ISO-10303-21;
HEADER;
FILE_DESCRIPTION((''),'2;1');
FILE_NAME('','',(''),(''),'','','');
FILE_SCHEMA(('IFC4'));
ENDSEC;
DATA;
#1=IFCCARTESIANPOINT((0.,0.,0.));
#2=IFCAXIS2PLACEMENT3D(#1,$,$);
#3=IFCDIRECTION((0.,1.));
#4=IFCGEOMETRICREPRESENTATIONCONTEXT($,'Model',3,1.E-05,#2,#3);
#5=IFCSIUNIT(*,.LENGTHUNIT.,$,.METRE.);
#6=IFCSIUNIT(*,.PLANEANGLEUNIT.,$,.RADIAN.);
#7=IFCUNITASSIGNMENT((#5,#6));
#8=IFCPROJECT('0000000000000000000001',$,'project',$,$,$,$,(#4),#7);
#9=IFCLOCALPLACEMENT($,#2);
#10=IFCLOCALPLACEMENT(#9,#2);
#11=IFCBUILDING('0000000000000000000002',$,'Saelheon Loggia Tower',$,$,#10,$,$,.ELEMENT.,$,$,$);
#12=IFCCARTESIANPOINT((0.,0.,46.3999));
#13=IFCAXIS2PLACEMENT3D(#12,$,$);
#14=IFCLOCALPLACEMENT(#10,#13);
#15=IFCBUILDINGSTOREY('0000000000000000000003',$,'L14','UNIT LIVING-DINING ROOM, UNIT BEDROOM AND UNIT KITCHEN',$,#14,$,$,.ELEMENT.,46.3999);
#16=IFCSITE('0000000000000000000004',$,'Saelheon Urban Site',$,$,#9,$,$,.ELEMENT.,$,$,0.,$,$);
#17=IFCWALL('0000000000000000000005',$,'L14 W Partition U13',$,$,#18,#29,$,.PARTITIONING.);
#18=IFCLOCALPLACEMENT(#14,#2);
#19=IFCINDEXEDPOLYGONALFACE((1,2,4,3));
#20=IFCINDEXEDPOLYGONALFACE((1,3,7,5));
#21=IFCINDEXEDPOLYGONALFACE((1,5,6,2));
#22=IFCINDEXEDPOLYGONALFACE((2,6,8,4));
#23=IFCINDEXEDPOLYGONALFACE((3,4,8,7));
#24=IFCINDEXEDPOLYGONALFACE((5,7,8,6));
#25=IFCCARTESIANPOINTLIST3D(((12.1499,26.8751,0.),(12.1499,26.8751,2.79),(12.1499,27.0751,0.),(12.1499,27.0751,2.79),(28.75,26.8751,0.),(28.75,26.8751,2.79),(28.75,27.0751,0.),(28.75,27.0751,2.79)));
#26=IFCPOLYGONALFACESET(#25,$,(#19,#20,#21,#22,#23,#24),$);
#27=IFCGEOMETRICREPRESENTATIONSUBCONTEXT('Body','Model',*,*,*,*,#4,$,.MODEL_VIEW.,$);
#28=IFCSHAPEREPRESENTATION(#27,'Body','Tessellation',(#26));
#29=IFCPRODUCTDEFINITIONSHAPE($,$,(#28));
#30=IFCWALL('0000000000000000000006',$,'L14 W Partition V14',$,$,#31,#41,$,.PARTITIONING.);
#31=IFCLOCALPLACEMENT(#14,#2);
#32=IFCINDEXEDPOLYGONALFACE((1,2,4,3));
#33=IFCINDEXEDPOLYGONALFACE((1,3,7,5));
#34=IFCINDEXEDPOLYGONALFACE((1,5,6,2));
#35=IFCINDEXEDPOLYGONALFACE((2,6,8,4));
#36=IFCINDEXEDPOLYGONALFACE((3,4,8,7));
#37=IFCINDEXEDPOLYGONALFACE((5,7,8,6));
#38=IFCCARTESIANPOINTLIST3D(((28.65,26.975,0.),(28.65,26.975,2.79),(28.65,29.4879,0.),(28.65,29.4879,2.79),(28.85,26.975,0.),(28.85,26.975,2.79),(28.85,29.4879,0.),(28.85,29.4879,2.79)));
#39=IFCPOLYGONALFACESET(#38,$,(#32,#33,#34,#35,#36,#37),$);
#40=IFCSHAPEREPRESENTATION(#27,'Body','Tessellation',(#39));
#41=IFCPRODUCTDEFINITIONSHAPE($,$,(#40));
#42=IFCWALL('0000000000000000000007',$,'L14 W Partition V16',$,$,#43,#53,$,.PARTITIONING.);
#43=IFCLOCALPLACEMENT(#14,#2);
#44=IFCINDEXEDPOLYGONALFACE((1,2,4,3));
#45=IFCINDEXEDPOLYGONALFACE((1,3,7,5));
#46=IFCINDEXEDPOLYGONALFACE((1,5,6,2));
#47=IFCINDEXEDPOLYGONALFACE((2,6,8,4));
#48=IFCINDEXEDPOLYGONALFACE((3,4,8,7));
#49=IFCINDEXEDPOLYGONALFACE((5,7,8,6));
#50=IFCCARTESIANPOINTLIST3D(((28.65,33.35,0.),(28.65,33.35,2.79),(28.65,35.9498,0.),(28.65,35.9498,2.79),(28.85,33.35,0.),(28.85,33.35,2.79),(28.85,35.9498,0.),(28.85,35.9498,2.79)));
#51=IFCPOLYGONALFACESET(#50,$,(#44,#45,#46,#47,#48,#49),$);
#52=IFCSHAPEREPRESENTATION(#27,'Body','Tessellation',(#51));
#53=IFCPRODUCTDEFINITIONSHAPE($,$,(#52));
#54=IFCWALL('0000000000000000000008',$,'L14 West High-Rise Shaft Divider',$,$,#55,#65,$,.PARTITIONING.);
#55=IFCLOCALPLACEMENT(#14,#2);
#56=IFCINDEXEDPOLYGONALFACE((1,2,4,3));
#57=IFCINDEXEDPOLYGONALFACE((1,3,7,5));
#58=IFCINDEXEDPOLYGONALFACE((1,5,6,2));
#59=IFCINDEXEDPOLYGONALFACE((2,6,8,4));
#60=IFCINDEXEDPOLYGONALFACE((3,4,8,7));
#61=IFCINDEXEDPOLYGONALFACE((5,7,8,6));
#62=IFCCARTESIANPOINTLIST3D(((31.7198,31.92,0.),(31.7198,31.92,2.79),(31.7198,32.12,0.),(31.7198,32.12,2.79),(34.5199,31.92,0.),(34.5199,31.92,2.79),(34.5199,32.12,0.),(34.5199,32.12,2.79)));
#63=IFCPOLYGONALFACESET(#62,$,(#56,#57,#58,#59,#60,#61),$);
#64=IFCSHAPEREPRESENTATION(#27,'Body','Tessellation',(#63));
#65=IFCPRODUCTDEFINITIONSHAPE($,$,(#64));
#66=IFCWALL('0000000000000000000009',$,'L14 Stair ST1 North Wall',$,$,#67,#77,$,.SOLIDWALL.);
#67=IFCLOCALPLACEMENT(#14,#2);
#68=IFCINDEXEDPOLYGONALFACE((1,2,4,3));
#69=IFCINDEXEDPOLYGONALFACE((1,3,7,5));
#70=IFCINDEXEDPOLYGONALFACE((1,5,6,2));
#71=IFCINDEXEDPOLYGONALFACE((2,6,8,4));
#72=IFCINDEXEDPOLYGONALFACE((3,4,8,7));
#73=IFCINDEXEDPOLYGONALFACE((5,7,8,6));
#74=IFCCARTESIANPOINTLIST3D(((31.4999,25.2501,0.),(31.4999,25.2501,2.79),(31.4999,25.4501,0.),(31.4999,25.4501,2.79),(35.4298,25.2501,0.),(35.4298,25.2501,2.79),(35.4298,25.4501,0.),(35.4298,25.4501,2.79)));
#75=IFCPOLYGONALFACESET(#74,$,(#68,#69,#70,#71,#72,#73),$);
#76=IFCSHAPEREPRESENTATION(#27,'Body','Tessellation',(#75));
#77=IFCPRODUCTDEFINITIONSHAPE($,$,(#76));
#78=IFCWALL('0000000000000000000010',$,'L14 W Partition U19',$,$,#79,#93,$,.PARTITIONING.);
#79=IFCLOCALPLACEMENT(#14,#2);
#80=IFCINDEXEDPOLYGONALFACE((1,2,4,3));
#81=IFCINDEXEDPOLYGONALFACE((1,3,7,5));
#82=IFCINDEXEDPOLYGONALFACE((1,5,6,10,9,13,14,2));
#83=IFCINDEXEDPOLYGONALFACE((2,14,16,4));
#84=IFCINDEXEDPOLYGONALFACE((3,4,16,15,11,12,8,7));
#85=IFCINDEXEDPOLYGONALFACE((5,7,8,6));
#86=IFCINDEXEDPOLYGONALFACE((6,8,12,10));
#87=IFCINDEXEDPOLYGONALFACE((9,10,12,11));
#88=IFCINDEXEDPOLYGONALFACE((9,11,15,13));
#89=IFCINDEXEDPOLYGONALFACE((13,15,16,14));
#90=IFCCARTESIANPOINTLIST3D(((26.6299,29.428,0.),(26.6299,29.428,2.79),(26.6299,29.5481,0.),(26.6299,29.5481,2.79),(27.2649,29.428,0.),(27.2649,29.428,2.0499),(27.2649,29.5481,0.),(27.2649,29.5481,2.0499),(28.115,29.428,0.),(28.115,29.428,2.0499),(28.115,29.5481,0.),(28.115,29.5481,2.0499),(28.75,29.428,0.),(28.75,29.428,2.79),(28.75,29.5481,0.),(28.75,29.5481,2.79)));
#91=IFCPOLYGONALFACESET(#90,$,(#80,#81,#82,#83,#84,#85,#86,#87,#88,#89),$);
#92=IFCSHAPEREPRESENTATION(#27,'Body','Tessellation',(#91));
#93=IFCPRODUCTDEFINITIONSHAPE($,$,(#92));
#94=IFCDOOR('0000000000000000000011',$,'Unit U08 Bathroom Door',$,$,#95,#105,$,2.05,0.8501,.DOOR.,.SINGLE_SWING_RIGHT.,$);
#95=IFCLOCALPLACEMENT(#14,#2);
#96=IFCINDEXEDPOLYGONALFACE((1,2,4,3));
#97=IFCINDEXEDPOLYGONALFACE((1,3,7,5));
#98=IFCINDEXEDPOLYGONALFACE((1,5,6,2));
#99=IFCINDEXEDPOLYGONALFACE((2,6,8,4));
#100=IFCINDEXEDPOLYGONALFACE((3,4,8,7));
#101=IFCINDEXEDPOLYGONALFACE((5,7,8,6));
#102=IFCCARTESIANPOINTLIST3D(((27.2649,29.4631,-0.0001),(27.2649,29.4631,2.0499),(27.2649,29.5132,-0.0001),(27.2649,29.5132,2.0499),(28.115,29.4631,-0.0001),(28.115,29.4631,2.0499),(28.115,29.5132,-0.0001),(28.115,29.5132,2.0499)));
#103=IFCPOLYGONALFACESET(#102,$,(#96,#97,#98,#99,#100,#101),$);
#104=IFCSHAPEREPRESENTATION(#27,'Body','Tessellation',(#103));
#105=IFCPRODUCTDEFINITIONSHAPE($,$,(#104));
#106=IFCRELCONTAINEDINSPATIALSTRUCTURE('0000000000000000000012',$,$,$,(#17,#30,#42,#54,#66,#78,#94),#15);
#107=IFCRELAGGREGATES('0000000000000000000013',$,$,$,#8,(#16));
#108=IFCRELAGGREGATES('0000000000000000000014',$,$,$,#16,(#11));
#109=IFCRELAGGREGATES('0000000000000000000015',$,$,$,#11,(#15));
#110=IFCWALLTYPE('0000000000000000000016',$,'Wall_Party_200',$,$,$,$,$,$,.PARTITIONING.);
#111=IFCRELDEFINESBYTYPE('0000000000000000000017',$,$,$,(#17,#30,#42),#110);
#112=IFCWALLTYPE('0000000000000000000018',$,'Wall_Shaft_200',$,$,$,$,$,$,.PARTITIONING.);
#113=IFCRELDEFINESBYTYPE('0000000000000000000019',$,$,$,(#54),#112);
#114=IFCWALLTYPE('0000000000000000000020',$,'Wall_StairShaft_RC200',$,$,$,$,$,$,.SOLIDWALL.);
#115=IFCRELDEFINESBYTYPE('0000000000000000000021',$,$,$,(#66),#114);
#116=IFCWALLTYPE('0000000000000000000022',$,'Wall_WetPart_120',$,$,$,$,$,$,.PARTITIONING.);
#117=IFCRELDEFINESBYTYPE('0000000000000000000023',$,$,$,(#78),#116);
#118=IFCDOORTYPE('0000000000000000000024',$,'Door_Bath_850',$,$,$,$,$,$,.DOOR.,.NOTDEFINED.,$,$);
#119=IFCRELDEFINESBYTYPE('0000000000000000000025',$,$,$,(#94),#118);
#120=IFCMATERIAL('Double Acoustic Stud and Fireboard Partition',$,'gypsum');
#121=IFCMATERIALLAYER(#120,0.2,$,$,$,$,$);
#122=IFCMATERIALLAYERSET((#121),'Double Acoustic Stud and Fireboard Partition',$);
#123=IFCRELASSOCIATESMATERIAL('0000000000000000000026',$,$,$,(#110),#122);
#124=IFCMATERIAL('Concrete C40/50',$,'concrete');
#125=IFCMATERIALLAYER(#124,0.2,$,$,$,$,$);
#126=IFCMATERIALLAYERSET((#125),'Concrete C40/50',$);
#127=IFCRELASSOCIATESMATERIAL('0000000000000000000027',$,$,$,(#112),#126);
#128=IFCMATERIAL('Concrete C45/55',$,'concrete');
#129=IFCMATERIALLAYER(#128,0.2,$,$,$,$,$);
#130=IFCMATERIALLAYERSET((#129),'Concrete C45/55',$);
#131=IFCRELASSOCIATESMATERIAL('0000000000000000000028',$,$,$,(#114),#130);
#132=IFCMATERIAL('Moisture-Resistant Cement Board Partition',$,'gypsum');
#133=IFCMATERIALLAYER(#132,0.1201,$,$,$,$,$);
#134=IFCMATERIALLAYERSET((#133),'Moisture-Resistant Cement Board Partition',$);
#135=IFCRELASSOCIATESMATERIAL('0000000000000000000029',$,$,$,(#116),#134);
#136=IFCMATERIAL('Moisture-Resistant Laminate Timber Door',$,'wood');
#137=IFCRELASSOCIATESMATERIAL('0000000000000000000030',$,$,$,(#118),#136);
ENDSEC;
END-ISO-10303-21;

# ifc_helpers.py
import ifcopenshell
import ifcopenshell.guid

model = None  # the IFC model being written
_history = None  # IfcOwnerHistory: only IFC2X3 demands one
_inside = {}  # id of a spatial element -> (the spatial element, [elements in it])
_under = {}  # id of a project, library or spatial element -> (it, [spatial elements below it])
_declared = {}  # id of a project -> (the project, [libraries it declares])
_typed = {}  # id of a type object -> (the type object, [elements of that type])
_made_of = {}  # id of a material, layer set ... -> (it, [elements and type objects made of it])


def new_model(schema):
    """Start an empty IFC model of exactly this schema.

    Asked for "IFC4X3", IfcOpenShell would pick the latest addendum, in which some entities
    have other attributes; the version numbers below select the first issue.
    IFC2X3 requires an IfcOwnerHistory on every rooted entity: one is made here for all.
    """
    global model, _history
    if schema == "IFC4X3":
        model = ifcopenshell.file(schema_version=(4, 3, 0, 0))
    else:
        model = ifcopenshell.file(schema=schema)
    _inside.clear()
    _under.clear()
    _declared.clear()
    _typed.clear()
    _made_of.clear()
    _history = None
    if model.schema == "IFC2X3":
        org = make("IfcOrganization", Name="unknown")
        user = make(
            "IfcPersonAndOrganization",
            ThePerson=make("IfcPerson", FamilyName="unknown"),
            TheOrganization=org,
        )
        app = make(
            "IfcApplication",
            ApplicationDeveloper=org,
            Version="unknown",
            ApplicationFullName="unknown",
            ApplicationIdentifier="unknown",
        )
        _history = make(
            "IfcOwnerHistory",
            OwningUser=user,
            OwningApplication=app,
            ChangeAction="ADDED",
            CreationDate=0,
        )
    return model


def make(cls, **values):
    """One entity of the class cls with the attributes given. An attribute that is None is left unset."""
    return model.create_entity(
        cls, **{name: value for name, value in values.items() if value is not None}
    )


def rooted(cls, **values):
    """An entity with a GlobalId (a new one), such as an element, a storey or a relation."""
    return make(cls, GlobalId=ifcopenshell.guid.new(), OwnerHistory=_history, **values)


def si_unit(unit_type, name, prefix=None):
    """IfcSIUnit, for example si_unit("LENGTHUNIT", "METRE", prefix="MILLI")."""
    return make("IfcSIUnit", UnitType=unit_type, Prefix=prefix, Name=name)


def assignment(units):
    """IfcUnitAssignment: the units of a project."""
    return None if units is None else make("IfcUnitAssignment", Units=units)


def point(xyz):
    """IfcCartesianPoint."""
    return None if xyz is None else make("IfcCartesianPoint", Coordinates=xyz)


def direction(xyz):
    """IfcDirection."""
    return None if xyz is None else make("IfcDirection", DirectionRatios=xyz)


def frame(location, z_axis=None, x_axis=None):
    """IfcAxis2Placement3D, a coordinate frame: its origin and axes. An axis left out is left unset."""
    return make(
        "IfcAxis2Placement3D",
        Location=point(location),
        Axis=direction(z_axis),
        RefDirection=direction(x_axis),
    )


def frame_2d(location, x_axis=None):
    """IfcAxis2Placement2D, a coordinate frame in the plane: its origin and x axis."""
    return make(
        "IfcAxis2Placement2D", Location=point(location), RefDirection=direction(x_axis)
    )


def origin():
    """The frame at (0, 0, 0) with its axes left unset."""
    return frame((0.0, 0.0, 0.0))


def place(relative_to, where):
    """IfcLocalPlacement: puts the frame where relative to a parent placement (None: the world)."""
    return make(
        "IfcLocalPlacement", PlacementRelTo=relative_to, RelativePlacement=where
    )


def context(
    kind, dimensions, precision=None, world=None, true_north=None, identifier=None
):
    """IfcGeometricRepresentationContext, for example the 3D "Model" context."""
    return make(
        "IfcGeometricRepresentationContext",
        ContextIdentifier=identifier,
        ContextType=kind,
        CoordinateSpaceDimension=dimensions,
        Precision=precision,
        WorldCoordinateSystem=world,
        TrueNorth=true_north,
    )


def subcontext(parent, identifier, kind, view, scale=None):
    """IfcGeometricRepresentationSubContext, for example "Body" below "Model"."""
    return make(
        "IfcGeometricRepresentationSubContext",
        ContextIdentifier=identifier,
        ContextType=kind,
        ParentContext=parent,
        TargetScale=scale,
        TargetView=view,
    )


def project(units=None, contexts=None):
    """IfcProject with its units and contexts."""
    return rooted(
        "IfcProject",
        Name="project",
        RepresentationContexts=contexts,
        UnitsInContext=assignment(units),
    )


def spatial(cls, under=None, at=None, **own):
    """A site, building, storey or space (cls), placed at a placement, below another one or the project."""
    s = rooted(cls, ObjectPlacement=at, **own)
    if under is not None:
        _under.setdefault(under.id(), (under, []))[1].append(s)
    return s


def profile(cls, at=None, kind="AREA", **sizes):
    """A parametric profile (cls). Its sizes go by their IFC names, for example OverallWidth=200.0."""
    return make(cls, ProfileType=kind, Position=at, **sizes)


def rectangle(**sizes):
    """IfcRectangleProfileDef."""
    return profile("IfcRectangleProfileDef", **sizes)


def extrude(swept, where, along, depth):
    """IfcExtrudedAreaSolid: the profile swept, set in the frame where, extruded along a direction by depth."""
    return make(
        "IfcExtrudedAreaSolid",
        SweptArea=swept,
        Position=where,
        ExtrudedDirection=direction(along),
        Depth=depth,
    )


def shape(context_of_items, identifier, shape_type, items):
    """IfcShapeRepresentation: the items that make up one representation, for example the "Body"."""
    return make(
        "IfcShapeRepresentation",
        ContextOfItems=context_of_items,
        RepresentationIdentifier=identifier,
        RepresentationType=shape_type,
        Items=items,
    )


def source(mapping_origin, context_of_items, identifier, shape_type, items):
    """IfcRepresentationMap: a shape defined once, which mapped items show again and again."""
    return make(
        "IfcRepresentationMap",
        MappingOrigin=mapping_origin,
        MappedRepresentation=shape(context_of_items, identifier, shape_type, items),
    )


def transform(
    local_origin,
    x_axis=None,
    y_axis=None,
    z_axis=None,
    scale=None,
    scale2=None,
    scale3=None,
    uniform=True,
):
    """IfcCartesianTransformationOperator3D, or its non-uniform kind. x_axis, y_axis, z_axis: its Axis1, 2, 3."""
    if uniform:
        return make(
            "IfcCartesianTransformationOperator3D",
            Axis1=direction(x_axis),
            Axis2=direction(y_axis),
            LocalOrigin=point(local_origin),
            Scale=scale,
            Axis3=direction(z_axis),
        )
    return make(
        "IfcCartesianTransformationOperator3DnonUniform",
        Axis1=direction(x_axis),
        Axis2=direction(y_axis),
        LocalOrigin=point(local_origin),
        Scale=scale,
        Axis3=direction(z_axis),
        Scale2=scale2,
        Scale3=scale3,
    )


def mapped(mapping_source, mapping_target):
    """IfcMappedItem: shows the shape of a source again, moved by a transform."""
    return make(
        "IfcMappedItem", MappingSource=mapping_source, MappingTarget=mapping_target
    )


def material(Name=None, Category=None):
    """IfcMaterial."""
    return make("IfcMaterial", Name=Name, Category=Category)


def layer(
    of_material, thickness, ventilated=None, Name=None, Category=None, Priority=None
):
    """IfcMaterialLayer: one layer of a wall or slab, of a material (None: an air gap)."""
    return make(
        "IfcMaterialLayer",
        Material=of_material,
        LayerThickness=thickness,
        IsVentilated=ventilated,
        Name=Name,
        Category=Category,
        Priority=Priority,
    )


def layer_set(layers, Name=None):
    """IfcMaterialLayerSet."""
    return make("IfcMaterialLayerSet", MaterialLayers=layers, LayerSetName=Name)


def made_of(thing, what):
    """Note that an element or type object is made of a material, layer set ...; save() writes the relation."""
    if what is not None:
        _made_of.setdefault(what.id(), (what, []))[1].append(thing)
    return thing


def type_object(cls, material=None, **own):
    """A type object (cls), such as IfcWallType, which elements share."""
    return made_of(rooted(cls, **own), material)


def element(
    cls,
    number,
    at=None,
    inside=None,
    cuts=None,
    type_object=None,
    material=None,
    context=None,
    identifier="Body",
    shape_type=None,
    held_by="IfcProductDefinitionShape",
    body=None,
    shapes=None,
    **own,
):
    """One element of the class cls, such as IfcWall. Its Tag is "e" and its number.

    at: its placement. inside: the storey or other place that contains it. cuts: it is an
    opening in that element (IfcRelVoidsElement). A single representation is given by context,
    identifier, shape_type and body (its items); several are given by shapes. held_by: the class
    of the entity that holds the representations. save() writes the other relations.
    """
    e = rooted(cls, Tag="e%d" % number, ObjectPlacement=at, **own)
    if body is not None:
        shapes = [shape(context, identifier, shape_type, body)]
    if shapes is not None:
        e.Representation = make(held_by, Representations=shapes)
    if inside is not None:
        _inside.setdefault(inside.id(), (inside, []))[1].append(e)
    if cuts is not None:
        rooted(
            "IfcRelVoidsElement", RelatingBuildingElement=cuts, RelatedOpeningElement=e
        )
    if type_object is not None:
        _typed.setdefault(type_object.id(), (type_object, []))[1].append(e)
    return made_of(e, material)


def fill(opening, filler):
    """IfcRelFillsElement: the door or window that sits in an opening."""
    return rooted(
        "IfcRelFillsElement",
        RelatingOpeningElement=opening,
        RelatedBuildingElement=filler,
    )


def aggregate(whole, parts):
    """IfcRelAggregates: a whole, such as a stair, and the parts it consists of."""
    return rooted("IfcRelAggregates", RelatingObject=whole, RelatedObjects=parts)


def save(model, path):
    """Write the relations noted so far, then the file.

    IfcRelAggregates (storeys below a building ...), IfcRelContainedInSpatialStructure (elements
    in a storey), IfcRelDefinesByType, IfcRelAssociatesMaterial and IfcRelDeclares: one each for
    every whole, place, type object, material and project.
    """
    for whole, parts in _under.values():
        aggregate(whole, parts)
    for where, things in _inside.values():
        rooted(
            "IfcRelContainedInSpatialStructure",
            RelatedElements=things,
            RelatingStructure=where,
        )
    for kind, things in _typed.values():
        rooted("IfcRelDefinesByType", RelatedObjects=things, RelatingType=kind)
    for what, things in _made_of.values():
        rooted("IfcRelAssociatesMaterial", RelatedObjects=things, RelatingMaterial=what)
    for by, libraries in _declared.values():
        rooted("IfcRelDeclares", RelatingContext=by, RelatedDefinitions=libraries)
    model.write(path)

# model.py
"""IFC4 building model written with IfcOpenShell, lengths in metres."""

from ifc_helpers import new_model, si_unit, direction, frame, frame_2d, origin, place, context, subcontext, project, spatial, rectangle, extrude, source, transform, mapped, material, layer, layer_set, type_object, element, fill, save


model = new_model("IFC4")

# Units and contexts
model_context = context("Model", 3, precision=1e-05, world=origin(), true_north=direction((0.0, 1.0)))
body_context = subcontext(model_context, "Body", "Model", "MODEL_VIEW")
ifc_project = project(units=[si_unit("LENGTHUNIT", "METRE"), si_unit("PLANEANGLEUNIT", "RADIAN")], contexts=[model_context])

# Site, building, storey
site_placement = place(None, origin())
site = spatial("IfcSite", under=ifc_project, at=site_placement, Name="Saelheon Urban Site", CompositionType="ELEMENT", RefElevation=0.0)
building_placement = place(site_placement, origin())
building = spatial("IfcBuilding", under=site, at=building_placement, Name="Saelheon Loggia Tower", CompositionType="ELEMENT")
storey_placement = place(building_placement, frame((0.0, 0.0, 46.3999)))
storey = spatial("IfcBuildingStorey", under=building, at=storey_placement, Name="L14", Description="UNIT LIVING-DINING ROOM, UNIT BEDROOM AND UNIT KITCHEN", CompositionType="ELEMENT", Elevation=46.3999)

# Shared definitions
ifc_material_1 = material(Name="Concrete C45/55", Category="concrete")

# Walls
ifc_material_2 = material(Name="Double Acoustic Stud and Fireboard Partition", Category="gypsum")
ifc_layer_1 = layer(ifc_material_2, 0.2)
ifc_layer_set_1 = layer_set([ifc_layer_1], Name="Double Acoustic Stud and Fireboard Partition")
wall_type_1 = type_object("IfcWallType", Name="Wall_Party_200", PredefinedType="PARTITIONING", material=ifc_layer_set_1)
wall_1_placement = place(storey_placement, frame((28.75, 26.9751, 0.0), z_axis=(0.0, 0.0, 1.0), x_axis=(-1.0, 0.0, 0.0)))
element("IfcWall", 1, at=wall_1_placement, inside=storey, type_object=wall_type_1, Name="L14 W Partition U13", PredefinedType="PARTITIONING", context=body_context, shape_type="SweptSolid", body=[
    extrude(rectangle(XDim=16.6001, YDim=0.2, at=frame_2d((8.3, 0.0))), origin(), (0.0, 0.0, 1.0), 2.79),
])
wall_2_placement = place(storey_placement, frame((28.75, 26.9751, 0.0), z_axis=(0.0, 0.0, 1.0), x_axis=(0.0, 1.0, 0.0)))
element("IfcWall", 2, at=wall_2_placement, inside=storey, type_object=wall_type_1, Name="L14 W Partition V14", PredefinedType="PARTITIONING", context=body_context, shape_type="SweptSolid", body=[
    extrude(rectangle(XDim=2.5129, YDim=0.2, at=frame_2d((1.2563, 0.0))), origin(), (0.0, 0.0, 1.0), 2.79),
])

# Walls
wall_3_placement = place(storey_placement, frame((28.75, 33.3501, 0.0), z_axis=(0.0, 0.0, 1.0), x_axis=(0.0, 1.0, 0.0)))
element("IfcWall", 3, at=wall_3_placement, inside=storey, type_object=wall_type_1, Name="L14 W Partition V16", PredefinedType="PARTITIONING", context=body_context, shape_type="SweptSolid", body=[
    extrude(rectangle(XDim=2.5999, YDim=0.2, at=frame_2d((1.2998, 0.0))), origin(), (0.0, 0.0, 1.0), 2.79),
])
ifc_material_3 = material(Name="Concrete C40/50", Category="concrete")
ifc_layer_2 = layer(ifc_material_3, 0.2)
ifc_layer_set_2 = layer_set([ifc_layer_2], Name="Concrete C40/50")
wall_type_2 = type_object("IfcWallType", Name="Wall_Shaft_200", PredefinedType="PARTITIONING", material=ifc_layer_set_2)
wall_4_placement = place(storey_placement, frame((31.72, 32.02, 0.0), z_axis=(0.0, 0.0, 1.0), x_axis=(1.0, 0.0, 0.0)))
element("IfcWall", 4, at=wall_4_placement, inside=storey, type_object=wall_type_2, Name="L14 West High-Rise Shaft Divider", PredefinedType="PARTITIONING", context=body_context, shape_type="SweptSolid", body=[
    extrude(rectangle(XDim=2.8, YDim=0.2, at=frame_2d((1.3999, 0.0))), origin(), (0.0, 0.0, 1.0), 2.79),
])
ifc_layer_3 = layer(ifc_material_1, 0.2)
ifc_layer_set_3 = layer_set([ifc_layer_3], Name="Concrete C45/55")
wall_type_3 = type_object("IfcWallType", Name="Wall_StairShaft_RC200", PredefinedType="SOLIDWALL", material=ifc_layer_set_3)
wall_5_placement = place(storey_placement, frame((31.5, 25.3501, 0.0), z_axis=(0.0, 0.0, 1.0), x_axis=(1.0, 0.0, 0.0)))
element("IfcWall", 5, at=wall_5_placement, inside=storey, type_object=wall_type_3, Name="L14 Stair ST1 North Wall", PredefinedType="SOLIDWALL", context=body_context, shape_type="SweptSolid", body=[
    extrude(rectangle(XDim=3.9299, YDim=0.2, at=frame_2d((1.9648, 0.0))), origin(), (0.0, 0.0, 1.0), 2.79),
])

# Wall, opening, door
ifc_material_4 = material(Name="Moisture-Resistant Cement Board Partition", Category="gypsum")
ifc_layer_4 = layer(ifc_material_4, 0.1201)
ifc_layer_set_4 = layer_set([ifc_layer_4], Name="Moisture-Resistant Cement Board Partition")
wall_type_4 = type_object("IfcWallType", Name="Wall_WetPart_120", PredefinedType="PARTITIONING", material=ifc_layer_set_4)
wall_6_placement = place(storey_placement, frame((28.75, 29.488, 0.0), z_axis=(0.0, 0.0, 1.0), x_axis=(-1.0, 0.0, 0.0)))
wall_6 = element("IfcWall", 6, at=wall_6_placement, inside=storey, type_object=wall_type_4, Name="L14 W Partition U19", PredefinedType="PARTITIONING", context=body_context, shape_type="SweptSolid", body=[
    extrude(rectangle(XDim=2.1201, YDim=0.1201, at=frame_2d((1.0601, 0.0))), origin(), (0.0, 0.0, 1.0), 2.79),
])
opening_1_placement = place(wall_6_placement, frame((0.635, 0.0, 0.0)))
opening_1 = element("IfcOpeningElement", 7, at=opening_1_placement, cuts=wall_6, PredefinedType="OPENING", context=body_context, shape_type="SweptSolid", body=[
    extrude(rectangle(XDim=0.8501, YDim=2.05, at=frame_2d((0.425, 1.0249))), frame((0.0, 0.072, 0.0), z_axis=(0.0, -1.0, 0.0), x_axis=(1.0, 0.0, 0.0)), (0.0, 0.0, 1.0), 0.144),
])
ifc_material_5 = material(Name="Moisture-Resistant Laminate Timber Door", Category="wood")
door_type_1 = type_object("IfcDoorType", Name="Door_Bath_850", OperationType="NOTDEFINED", PredefinedType="DOOR", material=ifc_material_5)
shared_shape_1 = source(origin(), body_context, "Body", "SweptSolid", [
    extrude(rectangle(XDim=0.8501, YDim=2.05, at=frame_2d((0.425, 1.0249))), frame((0.0, 0.0249, 0.0), z_axis=(0.0, -1.0, 0.0), x_axis=(1.0, 0.0, 0.0)), (0.0, 0.0, 1.0), 0.05),
])
door_1_placement = place(opening_1_placement, origin())
door_1 = element("IfcDoor", 8, at=door_1_placement, inside=storey, type_object=door_type_1, Name="Unit U08 Bathroom Door", OperationType="SINGLE_SWING_RIGHT", OverallHeight=2.05, OverallWidth=0.8501, PredefinedType="DOOR", context=body_context, shape_type="MappedRepresentation", body=[
    mapped(shared_shape_1, transform((0.0, 0.0, 0.0), scale=1.0)),
])
fill(opening_1, door_1)

save(model, "model.ifc")
